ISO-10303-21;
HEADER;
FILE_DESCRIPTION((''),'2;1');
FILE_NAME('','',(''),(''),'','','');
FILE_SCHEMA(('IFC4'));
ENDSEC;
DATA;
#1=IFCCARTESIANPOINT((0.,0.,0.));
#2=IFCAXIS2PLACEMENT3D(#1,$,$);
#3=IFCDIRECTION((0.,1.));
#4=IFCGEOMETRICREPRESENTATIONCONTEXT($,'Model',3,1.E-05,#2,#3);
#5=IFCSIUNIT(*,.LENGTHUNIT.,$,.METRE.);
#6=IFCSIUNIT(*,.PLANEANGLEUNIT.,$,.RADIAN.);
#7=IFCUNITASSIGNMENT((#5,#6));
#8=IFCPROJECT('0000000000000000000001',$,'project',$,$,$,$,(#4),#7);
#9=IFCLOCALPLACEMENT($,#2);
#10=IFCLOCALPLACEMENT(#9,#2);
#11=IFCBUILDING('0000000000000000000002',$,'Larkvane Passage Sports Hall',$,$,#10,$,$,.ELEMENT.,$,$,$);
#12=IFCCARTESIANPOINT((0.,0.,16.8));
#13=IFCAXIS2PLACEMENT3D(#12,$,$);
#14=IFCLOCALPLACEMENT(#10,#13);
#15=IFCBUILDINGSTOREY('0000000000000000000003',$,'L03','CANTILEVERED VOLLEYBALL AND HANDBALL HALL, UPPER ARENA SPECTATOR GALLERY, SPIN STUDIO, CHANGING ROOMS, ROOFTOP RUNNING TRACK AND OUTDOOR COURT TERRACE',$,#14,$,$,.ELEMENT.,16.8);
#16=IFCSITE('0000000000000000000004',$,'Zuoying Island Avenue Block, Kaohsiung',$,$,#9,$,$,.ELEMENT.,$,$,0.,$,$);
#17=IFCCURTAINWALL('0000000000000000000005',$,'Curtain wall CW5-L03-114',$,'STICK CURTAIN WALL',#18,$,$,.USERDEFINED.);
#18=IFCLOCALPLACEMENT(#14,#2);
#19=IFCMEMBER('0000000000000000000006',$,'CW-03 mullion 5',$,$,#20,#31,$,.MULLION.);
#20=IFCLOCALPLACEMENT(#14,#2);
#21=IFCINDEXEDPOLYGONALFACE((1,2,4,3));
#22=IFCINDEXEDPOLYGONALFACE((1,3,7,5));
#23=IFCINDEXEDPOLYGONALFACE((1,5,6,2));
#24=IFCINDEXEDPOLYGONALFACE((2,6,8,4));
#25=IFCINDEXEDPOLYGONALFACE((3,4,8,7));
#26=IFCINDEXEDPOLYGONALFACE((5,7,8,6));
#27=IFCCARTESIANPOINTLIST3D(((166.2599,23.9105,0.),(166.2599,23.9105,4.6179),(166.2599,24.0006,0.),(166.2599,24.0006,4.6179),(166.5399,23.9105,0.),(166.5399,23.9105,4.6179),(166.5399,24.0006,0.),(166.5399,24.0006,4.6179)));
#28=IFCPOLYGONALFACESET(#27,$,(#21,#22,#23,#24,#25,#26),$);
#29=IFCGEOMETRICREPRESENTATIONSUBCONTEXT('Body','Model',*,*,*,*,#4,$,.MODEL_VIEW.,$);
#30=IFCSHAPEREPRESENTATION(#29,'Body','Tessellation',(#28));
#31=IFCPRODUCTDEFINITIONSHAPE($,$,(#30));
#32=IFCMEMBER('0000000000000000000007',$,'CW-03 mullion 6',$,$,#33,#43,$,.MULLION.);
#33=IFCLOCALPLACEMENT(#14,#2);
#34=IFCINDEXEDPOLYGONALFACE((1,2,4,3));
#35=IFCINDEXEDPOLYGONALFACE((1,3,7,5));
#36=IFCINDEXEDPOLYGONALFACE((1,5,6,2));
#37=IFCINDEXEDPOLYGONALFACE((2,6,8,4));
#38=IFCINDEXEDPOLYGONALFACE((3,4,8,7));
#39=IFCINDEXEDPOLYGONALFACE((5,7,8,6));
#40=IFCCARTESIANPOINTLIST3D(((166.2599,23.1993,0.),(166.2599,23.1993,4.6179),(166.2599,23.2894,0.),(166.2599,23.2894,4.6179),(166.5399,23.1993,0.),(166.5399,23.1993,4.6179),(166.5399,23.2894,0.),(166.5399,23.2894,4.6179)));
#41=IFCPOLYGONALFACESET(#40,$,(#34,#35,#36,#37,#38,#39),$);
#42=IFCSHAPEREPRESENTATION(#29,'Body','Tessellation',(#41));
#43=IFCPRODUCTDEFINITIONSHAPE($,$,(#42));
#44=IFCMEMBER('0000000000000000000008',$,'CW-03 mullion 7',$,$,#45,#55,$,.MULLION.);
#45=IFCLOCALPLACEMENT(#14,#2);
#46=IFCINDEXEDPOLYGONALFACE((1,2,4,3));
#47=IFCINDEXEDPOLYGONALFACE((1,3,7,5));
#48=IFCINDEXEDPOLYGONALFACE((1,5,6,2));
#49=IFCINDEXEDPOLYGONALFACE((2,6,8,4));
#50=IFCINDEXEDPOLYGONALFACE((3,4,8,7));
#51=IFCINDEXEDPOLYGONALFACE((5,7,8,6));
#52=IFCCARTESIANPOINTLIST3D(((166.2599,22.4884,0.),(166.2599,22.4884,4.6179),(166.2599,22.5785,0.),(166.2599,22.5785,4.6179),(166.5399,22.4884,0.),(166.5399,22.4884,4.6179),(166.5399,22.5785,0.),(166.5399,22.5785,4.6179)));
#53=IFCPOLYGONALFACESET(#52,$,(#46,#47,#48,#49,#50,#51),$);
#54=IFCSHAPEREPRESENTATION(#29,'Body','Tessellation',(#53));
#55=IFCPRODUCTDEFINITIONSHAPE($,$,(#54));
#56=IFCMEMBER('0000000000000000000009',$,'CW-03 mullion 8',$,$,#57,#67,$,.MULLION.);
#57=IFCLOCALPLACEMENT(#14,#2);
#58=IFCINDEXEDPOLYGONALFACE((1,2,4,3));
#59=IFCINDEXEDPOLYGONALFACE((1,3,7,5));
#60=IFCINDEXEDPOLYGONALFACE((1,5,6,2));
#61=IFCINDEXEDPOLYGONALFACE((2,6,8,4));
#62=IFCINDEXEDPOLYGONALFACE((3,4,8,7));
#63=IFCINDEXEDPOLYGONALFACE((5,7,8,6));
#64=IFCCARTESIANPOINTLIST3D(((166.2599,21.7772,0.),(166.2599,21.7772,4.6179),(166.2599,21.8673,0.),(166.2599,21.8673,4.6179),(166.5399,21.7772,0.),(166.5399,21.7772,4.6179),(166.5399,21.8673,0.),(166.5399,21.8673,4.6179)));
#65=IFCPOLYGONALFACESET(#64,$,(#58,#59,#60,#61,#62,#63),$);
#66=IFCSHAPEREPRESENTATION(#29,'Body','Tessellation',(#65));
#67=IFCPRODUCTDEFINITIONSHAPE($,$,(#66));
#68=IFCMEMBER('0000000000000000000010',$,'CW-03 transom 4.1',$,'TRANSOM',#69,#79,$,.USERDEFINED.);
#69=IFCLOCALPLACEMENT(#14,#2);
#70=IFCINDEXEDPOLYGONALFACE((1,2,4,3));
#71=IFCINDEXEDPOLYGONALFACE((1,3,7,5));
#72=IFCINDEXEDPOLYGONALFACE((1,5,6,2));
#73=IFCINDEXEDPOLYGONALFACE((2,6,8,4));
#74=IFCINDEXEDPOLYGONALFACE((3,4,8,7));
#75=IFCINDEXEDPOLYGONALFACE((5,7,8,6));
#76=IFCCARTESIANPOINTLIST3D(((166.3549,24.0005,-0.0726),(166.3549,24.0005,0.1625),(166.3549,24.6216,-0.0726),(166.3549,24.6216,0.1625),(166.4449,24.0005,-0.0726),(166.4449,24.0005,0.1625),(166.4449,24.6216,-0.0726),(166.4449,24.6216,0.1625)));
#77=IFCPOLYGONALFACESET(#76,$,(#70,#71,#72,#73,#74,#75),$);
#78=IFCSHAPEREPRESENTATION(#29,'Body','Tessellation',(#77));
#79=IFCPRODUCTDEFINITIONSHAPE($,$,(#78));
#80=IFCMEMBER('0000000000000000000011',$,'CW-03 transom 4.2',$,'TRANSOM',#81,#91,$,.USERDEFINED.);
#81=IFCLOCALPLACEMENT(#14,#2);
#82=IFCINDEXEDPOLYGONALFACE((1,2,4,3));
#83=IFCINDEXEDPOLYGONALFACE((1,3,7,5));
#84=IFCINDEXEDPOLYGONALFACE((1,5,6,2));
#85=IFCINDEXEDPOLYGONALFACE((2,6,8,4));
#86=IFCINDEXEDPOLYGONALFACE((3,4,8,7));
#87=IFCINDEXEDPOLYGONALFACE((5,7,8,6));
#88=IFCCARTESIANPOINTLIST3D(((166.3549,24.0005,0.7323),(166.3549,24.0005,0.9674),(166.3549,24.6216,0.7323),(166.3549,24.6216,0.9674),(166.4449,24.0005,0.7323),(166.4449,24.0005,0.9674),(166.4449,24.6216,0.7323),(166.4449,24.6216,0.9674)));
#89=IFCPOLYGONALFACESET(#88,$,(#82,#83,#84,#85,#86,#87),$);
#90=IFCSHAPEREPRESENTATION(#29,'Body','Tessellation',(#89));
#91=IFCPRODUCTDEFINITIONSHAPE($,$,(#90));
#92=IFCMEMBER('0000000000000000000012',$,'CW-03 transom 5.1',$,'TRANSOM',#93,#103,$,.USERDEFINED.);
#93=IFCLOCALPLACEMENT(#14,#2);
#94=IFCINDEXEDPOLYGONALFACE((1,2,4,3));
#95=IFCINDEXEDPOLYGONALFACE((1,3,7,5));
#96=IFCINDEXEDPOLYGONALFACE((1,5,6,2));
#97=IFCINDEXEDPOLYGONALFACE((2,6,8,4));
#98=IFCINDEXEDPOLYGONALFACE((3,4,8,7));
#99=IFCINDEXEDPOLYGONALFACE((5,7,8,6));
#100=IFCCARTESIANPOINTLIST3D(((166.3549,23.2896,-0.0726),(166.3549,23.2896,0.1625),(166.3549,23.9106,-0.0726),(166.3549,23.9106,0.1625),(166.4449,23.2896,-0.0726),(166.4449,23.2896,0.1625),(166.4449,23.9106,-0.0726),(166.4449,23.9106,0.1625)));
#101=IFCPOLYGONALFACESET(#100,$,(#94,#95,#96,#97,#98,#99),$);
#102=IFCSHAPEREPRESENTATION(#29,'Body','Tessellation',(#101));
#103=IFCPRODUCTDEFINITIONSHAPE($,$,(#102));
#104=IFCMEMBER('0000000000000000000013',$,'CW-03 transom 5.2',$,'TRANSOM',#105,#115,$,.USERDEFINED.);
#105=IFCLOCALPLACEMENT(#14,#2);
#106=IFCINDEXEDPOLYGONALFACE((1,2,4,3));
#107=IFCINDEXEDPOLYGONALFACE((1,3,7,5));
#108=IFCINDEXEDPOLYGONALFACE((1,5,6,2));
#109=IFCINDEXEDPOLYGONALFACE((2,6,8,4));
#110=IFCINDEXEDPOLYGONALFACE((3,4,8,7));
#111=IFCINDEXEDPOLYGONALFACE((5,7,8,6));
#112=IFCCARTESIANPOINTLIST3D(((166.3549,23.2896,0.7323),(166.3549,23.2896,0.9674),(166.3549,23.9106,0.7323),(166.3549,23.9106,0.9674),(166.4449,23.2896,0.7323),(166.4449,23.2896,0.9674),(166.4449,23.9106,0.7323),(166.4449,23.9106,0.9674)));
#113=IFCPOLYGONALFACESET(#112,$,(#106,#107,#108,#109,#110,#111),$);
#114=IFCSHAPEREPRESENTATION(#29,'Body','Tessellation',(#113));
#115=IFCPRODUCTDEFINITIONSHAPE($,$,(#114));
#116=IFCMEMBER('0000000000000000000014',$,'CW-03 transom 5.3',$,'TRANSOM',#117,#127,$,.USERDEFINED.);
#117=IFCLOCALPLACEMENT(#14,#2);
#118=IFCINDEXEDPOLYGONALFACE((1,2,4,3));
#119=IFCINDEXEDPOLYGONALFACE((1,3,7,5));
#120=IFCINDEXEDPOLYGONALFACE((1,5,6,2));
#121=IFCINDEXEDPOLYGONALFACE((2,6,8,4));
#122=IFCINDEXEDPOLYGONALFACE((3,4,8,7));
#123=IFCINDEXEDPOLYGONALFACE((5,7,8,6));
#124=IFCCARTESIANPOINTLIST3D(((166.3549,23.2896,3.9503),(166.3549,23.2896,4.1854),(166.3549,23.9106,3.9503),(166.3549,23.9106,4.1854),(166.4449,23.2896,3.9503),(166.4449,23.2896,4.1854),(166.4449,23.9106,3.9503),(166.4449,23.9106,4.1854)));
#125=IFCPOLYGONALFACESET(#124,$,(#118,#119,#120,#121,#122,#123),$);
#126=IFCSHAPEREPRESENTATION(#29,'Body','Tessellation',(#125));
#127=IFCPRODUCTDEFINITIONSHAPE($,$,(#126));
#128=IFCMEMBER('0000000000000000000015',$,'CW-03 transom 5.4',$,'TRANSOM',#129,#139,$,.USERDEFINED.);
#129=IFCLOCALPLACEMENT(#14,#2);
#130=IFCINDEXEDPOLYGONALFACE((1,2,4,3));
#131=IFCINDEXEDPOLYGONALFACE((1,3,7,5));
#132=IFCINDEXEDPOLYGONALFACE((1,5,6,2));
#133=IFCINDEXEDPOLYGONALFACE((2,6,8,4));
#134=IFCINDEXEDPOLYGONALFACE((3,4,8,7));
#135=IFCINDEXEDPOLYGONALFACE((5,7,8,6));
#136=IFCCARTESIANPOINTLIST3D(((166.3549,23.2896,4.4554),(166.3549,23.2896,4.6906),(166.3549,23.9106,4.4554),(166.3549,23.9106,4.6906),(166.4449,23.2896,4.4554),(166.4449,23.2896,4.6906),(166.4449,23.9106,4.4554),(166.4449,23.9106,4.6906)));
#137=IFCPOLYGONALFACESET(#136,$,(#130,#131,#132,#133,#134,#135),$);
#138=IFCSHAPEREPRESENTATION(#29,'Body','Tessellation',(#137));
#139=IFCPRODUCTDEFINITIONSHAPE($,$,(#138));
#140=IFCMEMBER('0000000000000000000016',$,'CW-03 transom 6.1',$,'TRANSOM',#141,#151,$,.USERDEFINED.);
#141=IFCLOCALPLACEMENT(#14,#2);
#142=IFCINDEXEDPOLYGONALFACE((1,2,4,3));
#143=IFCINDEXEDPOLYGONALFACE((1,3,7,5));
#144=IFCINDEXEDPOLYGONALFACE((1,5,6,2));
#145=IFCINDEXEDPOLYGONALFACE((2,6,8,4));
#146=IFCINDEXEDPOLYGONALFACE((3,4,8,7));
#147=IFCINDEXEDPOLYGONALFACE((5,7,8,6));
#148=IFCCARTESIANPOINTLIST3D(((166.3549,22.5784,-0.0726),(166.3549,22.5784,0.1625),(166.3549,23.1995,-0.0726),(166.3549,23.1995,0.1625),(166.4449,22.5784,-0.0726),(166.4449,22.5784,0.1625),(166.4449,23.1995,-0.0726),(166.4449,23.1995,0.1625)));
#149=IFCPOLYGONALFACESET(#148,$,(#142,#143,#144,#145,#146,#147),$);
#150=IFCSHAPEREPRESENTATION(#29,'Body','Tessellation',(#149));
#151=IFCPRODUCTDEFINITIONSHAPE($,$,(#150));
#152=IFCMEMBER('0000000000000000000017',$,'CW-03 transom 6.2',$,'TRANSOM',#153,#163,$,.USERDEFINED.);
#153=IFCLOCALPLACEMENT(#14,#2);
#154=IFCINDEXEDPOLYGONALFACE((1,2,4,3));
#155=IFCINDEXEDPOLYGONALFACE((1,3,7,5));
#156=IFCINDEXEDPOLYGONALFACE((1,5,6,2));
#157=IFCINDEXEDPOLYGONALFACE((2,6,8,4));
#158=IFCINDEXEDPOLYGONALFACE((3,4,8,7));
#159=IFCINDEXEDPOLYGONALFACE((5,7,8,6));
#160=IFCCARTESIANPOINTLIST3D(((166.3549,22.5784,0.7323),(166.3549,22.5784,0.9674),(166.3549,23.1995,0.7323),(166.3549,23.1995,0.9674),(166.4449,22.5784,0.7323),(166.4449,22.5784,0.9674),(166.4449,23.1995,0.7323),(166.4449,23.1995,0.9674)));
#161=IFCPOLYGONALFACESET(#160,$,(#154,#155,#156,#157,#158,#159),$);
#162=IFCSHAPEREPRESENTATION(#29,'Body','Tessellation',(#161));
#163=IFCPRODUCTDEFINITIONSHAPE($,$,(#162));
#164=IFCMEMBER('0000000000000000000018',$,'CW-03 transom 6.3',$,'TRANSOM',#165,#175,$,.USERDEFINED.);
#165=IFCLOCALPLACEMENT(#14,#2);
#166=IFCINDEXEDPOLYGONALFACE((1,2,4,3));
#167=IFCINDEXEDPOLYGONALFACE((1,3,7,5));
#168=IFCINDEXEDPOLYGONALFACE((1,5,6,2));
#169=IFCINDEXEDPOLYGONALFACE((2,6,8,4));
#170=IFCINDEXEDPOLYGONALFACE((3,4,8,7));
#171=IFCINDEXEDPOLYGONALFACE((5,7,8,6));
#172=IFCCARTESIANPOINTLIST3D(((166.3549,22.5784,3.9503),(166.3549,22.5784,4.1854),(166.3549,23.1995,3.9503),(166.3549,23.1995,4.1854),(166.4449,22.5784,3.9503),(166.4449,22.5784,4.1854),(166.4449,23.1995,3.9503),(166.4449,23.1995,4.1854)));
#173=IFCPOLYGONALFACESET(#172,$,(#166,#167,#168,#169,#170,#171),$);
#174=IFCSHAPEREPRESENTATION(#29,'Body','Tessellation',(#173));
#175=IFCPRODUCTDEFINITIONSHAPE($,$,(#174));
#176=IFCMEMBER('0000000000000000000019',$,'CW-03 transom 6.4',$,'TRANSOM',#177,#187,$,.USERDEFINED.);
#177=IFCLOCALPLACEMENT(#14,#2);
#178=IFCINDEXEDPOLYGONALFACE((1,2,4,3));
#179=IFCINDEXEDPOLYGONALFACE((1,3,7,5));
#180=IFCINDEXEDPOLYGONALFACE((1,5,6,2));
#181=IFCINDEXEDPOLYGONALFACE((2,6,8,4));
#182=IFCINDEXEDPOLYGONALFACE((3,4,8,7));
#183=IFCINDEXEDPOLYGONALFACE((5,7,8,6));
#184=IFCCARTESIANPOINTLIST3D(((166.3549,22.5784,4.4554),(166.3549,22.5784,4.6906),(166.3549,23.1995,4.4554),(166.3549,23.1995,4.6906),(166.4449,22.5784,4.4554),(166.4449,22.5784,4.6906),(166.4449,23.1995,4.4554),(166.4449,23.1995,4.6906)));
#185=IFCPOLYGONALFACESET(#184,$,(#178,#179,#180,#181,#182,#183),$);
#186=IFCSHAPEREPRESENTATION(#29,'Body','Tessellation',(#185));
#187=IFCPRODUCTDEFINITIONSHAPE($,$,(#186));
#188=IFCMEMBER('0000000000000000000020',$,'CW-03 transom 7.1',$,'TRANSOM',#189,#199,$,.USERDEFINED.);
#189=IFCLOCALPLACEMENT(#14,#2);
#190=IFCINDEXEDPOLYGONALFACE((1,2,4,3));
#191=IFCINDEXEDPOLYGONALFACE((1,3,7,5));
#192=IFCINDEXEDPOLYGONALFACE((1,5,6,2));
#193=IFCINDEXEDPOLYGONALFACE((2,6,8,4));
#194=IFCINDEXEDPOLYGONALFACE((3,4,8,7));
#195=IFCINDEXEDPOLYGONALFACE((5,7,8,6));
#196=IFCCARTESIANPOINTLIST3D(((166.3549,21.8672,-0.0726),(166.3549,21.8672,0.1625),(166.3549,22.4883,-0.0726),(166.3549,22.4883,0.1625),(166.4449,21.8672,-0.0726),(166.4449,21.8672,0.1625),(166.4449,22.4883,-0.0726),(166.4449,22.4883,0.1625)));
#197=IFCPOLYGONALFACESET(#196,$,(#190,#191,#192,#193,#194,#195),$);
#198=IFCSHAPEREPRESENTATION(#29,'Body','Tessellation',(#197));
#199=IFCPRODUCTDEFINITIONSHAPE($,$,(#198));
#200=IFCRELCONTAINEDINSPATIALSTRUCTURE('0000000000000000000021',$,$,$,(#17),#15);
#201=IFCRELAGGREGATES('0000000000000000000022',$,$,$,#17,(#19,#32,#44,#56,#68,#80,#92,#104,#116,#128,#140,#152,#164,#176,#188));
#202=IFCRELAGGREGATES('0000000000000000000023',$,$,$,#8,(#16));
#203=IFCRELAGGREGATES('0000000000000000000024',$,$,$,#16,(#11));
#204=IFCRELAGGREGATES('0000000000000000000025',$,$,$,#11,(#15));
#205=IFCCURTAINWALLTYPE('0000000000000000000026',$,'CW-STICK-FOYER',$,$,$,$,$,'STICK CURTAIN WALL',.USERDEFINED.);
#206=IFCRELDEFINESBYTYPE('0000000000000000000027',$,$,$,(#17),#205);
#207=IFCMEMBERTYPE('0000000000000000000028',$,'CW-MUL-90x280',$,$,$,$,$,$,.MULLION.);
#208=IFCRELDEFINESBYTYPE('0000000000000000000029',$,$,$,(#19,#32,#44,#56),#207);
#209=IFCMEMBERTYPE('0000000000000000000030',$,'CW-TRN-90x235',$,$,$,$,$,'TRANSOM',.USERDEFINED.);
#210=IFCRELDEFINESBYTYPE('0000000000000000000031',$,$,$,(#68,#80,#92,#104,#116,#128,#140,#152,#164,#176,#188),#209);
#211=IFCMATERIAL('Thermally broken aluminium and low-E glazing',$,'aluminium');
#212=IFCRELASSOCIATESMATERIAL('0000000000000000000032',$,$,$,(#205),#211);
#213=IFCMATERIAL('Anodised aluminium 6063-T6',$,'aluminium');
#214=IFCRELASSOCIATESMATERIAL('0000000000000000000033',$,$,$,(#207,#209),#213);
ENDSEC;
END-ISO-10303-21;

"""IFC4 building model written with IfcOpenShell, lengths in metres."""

from ifc_helpers import new_model, si_unit, direction, frame, origin, origin_2d, place, context, subcontext, project, spatial, rectangle, extrude, material, material_profile, profile_set, type_object, element, aggregate, save


model = new_model("IFC4")

# Units and contexts
model_context = context("Model", 3, precision=1e-05, world=origin(), true_north=direction((0.0, 1.0)))
body_context = subcontext(model_context, "Body", "Model", "MODEL_VIEW")
ifc_project = project(units=[si_unit("LENGTHUNIT", "METRE"), si_unit("PLANEANGLEUNIT", "RADIAN")], contexts=[model_context])

# Site, building, storey
site_placement = place(None, origin())
site = spatial("IfcSite", under=ifc_project, at=site_placement, Name="Zuoying Island Avenue Block, Kaohsiung", CompositionType="ELEMENT", RefElevation=0.0)
building_placement = place(site_placement, origin())
building = spatial("IfcBuilding", under=site, at=building_placement, Name="Larkvane Passage Sports Hall", CompositionType="ELEMENT")
storey_placement = place(building_placement, frame((0.0, 0.0, 16.8)))
storey = spatial("IfcBuildingStorey", under=building, at=storey_placement, Name="L03", Description="CANTILEVERED VOLLEYBALL AND HANDBALL HALL, UPPER ARENA SPECTATOR GALLERY, SPIN STUDIO, CHANGING ROOMS, ROOFTOP RUNNING TRACK AND OUTDOOR COURT TERRACE", CompositionType="ELEMENT", Elevation=16.8)

# Curtain wall, members
ifc_material_1 = material(Name="Thermally broken aluminium and low-E glazing", Category="aluminium")
curtain_wall_type = type_object("IfcCurtainWallType", Name="CW-STICK-FOYER", ElementType="STICK CURTAIN WALL", PredefinedType="USERDEFINED", material=ifc_material_1)
curtain_wall_placement = place(storey_placement, origin())
curtain_wall = element("IfcCurtainWall", 1, at=curtain_wall_placement, inside=storey, type_object=curtain_wall_type, Name="Curtain wall CW5-L03-114", ObjectType="STICK CURTAIN WALL", PredefinedType="USERDEFINED")
ifc_material_2 = material(Name="Anodised aluminium 6063-T6", Category="aluminium")
ifc_material_profile_1 = material_profile(ifc_material_2, rectangle(XDim=0.0901, YDim=0.28, at=origin_2d()), Name="ALU-MUL-90x280")
ifc_profile_set_1 = profile_set([ifc_material_profile_1], Name="Anodised aluminium 6063-T6")
member_type_1 = type_object("IfcMemberType", Name="CW-MUL-90x280", PredefinedType="MULLION", material=ifc_profile_set_1)
member_1_placement = place(storey_placement, frame((166.3999, 23.9556, 0.0), z_axis=(0.0, 0.0, 1.0), x_axis=(0.0, -1.0, 0.0)))
member_1 = element("IfcMember", 2, at=member_1_placement, type_object=member_type_1, Name="CW-03 mullion 5", PredefinedType="MULLION", context=body_context, shape_type="SweptSolid", body=[
    extrude(rectangle(XDim=0.0901, YDim=0.28, at=origin_2d()), origin(), (0.0, 0.0, 1.0), 4.6179),
])
member_2_placement = place(storey_placement, frame((166.3999, 23.2444, 0.0), z_axis=(0.0, 0.0, 1.0), x_axis=(0.0, -1.0, 0.0)))
member_2 = element("IfcMember", 3, at=member_2_placement, type_object=member_type_1, Name="CW-03 mullion 6", PredefinedType="MULLION", context=body_context, shape_type="SweptSolid", body=[
    extrude(rectangle(XDim=0.0901, YDim=0.28, at=origin_2d()), origin(), (0.0, 0.0, 1.0), 4.6179),
])
member_3_placement = place(storey_placement, frame((166.3999, 22.5334, 0.0), z_axis=(0.0, 0.0, 1.0), x_axis=(0.0, -1.0, 0.0)))
member_3 = element("IfcMember", 4, at=member_3_placement, type_object=member_type_1, Name="CW-03 mullion 7", PredefinedType="MULLION", context=body_context, shape_type="SweptSolid", body=[
    extrude(rectangle(XDim=0.0901, YDim=0.28, at=origin_2d()), origin(), (0.0, 0.0, 1.0), 4.6179),
])
member_4_placement = place(storey_placement, frame((166.3999, 21.8223, 0.0), z_axis=(0.0, 0.0, 1.0), x_axis=(0.0, -1.0, 0.0)))
member_4 = element("IfcMember", 5, at=member_4_placement, type_object=member_type_1, Name="CW-03 mullion 8", PredefinedType="MULLION", context=body_context, shape_type="SweptSolid", body=[
    extrude(rectangle(XDim=0.0901, YDim=0.28, at=origin_2d()), origin(), (0.0, 0.0, 1.0), 4.6179),
])
ifc_material_profile_2 = material_profile(ifc_material_2, rectangle(XDim=0.0901, YDim=0.2351, at=origin_2d()), Name="ALU-TRN-90x235")
ifc_profile_set_2 = profile_set([ifc_material_profile_2], Name="Anodised aluminium 6063-T6")
member_type_2 = type_object("IfcMemberType", Name="CW-TRN-90x235", ElementType="TRANSOM", PredefinedType="USERDEFINED", material=ifc_profile_set_2)
member_5_placement = place(storey_placement, frame((166.3999, 24.6216, 0.0449), z_axis=(0.0, -1.0, 0.0), x_axis=(1.0, 0.0, 0.0)))
member_5 = element("IfcMember", 6, at=member_5_placement, type_object=member_type_2, Name="CW-03 transom 4.1", ObjectType="TRANSOM", PredefinedType="USERDEFINED", context=body_context, shape_type="SweptSolid", body=[
    extrude(rectangle(XDim=0.0901, YDim=0.2351, at=origin_2d()), origin(), (0.0, 0.0, 1.0), 0.6211),
])
member_6_placement = place(storey_placement, frame((166.3999, 24.6216, 0.8499), z_axis=(0.0, -1.0, 0.0), x_axis=(1.0, 0.0, 0.0)))
member_6 = element("IfcMember", 7, at=member_6_placement, type_object=member_type_2, Name="CW-03 transom 4.2", ObjectType="TRANSOM", PredefinedType="USERDEFINED", context=body_context, shape_type="SweptSolid", body=[
    extrude(rectangle(XDim=0.0901, YDim=0.2351, at=origin_2d()), origin(), (0.0, 0.0, 1.0), 0.6211),
])
member_7_placement = place(storey_placement, frame((166.3999, 23.9106, 0.0449), z_axis=(0.0, -1.0, 0.0), x_axis=(1.0, 0.0, 0.0)))
member_7 = element("IfcMember", 8, at=member_7_placement, type_object=member_type_2, Name="CW-03 transom 5.1", ObjectType="TRANSOM", PredefinedType="USERDEFINED", context=body_context, shape_type="SweptSolid", body=[
    extrude(rectangle(XDim=0.0901, YDim=0.2351, at=origin_2d()), origin(), (0.0, 0.0, 1.0), 0.6211),
])
member_8_placement = place(storey_placement, frame((166.3999, 23.9106, 0.8499), z_axis=(0.0, -1.0, 0.0), x_axis=(1.0, 0.0, 0.0)))
member_8 = element("IfcMember", 9, at=member_8_placement, type_object=member_type_2, Name="CW-03 transom 5.2", ObjectType="TRANSOM", PredefinedType="USERDEFINED", context=body_context, shape_type="SweptSolid", body=[
    extrude(rectangle(XDim=0.0901, YDim=0.2351, at=origin_2d()), origin(), (0.0, 0.0, 1.0), 0.6211),
])
member_9_placement = place(storey_placement, frame((166.3999, 23.9106, 4.0679), z_axis=(0.0, -1.0, 0.0), x_axis=(1.0, 0.0, 0.0)))
member_9 = element("IfcMember", 10, at=member_9_placement, type_object=member_type_2, Name="CW-03 transom 5.3", ObjectType="TRANSOM", PredefinedType="USERDEFINED", context=body_context, shape_type="SweptSolid", body=[
    extrude(rectangle(XDim=0.0901, YDim=0.2351, at=origin_2d()), origin(), (0.0, 0.0, 1.0), 0.6211),
])
member_10_placement = place(storey_placement, frame((166.3999, 23.9106, 4.573), z_axis=(0.0, -1.0, 0.0), x_axis=(1.0, 0.0, 0.0)))
member_10 = element("IfcMember", 11, at=member_10_placement, type_object=member_type_2, Name="CW-03 transom 5.4", ObjectType="TRANSOM", PredefinedType="USERDEFINED", context=body_context, shape_type="SweptSolid", body=[
    extrude(rectangle(XDim=0.0901, YDim=0.2351, at=origin_2d()), origin(), (0.0, 0.0, 1.0), 0.6211),
])
member_11_placement = place(storey_placement, frame((166.3999, 23.1995, 0.0449), z_axis=(0.0, -1.0, 0.0), x_axis=(1.0, 0.0, 0.0)))
member_11 = element("IfcMember", 12, at=member_11_placement, type_object=member_type_2, Name="CW-03 transom 6.1", ObjectType="TRANSOM", PredefinedType="USERDEFINED", context=body_context, shape_type="SweptSolid", body=[
    extrude(rectangle(XDim=0.0901, YDim=0.2351, at=origin_2d()), origin(), (0.0, 0.0, 1.0), 0.6211),
])
member_12_placement = place(storey_placement, frame((166.3999, 23.1995, 0.8499), z_axis=(0.0, -1.0, 0.0), x_axis=(1.0, 0.0, 0.0)))
member_12 = element("IfcMember", 13, at=member_12_placement, type_object=member_type_2, Name="CW-03 transom 6.2", ObjectType="TRANSOM", PredefinedType="USERDEFINED", context=body_context, shape_type="SweptSolid", body=[
    extrude(rectangle(XDim=0.0901, YDim=0.2351, at=origin_2d()), origin(), (0.0, 0.0, 1.0), 0.6211),
])
member_13_placement = place(storey_placement, frame((166.3999, 23.1995, 4.0679), z_axis=(0.0, -1.0, 0.0), x_axis=(1.0, 0.0, 0.0)))
member_13 = element("IfcMember", 14, at=member_13_placement, type_object=member_type_2, Name="CW-03 transom 6.3", ObjectType="TRANSOM", PredefinedType="USERDEFINED", context=body_context, shape_type="SweptSolid", body=[
    extrude(rectangle(XDim=0.0901, YDim=0.2351, at=origin_2d()), origin(), (0.0, 0.0, 1.0), 0.6211),
])
member_14_placement = place(storey_placement, frame((166.3999, 23.1995, 4.573), z_axis=(0.0, -1.0, 0.0), x_axis=(1.0, 0.0, 0.0)))
member_14 = element("IfcMember", 15, at=member_14_placement, type_object=member_type_2, Name="CW-03 transom 6.4", ObjectType="TRANSOM", PredefinedType="USERDEFINED", context=body_context, shape_type="SweptSolid", body=[
    extrude(rectangle(XDim=0.0901, YDim=0.2351, at=origin_2d()), origin(), (0.0, 0.0, 1.0), 0.6211),
])
member_15_placement = place(storey_placement, frame((166.3999, 22.4883, 0.0449), z_axis=(0.0, -1.0, 0.0), x_axis=(1.0, 0.0, 0.0)))
member_15 = element("IfcMember", 16, at=member_15_placement, type_object=member_type_2, Name="CW-03 transom 7.1", ObjectType="TRANSOM", PredefinedType="USERDEFINED", context=body_context, shape_type="SweptSolid", body=[
    extrude(rectangle(XDim=0.0901, YDim=0.2351, at=origin_2d()), origin(), (0.0, 0.0, 1.0), 0.6211),
])
aggregate(curtain_wall, [member_1, member_2, member_3, member_4, member_5, member_6, member_7, member_8, member_9, member_10, member_11, member_12, member_13, member_14, member_15])

save(model, "model.ifc")
